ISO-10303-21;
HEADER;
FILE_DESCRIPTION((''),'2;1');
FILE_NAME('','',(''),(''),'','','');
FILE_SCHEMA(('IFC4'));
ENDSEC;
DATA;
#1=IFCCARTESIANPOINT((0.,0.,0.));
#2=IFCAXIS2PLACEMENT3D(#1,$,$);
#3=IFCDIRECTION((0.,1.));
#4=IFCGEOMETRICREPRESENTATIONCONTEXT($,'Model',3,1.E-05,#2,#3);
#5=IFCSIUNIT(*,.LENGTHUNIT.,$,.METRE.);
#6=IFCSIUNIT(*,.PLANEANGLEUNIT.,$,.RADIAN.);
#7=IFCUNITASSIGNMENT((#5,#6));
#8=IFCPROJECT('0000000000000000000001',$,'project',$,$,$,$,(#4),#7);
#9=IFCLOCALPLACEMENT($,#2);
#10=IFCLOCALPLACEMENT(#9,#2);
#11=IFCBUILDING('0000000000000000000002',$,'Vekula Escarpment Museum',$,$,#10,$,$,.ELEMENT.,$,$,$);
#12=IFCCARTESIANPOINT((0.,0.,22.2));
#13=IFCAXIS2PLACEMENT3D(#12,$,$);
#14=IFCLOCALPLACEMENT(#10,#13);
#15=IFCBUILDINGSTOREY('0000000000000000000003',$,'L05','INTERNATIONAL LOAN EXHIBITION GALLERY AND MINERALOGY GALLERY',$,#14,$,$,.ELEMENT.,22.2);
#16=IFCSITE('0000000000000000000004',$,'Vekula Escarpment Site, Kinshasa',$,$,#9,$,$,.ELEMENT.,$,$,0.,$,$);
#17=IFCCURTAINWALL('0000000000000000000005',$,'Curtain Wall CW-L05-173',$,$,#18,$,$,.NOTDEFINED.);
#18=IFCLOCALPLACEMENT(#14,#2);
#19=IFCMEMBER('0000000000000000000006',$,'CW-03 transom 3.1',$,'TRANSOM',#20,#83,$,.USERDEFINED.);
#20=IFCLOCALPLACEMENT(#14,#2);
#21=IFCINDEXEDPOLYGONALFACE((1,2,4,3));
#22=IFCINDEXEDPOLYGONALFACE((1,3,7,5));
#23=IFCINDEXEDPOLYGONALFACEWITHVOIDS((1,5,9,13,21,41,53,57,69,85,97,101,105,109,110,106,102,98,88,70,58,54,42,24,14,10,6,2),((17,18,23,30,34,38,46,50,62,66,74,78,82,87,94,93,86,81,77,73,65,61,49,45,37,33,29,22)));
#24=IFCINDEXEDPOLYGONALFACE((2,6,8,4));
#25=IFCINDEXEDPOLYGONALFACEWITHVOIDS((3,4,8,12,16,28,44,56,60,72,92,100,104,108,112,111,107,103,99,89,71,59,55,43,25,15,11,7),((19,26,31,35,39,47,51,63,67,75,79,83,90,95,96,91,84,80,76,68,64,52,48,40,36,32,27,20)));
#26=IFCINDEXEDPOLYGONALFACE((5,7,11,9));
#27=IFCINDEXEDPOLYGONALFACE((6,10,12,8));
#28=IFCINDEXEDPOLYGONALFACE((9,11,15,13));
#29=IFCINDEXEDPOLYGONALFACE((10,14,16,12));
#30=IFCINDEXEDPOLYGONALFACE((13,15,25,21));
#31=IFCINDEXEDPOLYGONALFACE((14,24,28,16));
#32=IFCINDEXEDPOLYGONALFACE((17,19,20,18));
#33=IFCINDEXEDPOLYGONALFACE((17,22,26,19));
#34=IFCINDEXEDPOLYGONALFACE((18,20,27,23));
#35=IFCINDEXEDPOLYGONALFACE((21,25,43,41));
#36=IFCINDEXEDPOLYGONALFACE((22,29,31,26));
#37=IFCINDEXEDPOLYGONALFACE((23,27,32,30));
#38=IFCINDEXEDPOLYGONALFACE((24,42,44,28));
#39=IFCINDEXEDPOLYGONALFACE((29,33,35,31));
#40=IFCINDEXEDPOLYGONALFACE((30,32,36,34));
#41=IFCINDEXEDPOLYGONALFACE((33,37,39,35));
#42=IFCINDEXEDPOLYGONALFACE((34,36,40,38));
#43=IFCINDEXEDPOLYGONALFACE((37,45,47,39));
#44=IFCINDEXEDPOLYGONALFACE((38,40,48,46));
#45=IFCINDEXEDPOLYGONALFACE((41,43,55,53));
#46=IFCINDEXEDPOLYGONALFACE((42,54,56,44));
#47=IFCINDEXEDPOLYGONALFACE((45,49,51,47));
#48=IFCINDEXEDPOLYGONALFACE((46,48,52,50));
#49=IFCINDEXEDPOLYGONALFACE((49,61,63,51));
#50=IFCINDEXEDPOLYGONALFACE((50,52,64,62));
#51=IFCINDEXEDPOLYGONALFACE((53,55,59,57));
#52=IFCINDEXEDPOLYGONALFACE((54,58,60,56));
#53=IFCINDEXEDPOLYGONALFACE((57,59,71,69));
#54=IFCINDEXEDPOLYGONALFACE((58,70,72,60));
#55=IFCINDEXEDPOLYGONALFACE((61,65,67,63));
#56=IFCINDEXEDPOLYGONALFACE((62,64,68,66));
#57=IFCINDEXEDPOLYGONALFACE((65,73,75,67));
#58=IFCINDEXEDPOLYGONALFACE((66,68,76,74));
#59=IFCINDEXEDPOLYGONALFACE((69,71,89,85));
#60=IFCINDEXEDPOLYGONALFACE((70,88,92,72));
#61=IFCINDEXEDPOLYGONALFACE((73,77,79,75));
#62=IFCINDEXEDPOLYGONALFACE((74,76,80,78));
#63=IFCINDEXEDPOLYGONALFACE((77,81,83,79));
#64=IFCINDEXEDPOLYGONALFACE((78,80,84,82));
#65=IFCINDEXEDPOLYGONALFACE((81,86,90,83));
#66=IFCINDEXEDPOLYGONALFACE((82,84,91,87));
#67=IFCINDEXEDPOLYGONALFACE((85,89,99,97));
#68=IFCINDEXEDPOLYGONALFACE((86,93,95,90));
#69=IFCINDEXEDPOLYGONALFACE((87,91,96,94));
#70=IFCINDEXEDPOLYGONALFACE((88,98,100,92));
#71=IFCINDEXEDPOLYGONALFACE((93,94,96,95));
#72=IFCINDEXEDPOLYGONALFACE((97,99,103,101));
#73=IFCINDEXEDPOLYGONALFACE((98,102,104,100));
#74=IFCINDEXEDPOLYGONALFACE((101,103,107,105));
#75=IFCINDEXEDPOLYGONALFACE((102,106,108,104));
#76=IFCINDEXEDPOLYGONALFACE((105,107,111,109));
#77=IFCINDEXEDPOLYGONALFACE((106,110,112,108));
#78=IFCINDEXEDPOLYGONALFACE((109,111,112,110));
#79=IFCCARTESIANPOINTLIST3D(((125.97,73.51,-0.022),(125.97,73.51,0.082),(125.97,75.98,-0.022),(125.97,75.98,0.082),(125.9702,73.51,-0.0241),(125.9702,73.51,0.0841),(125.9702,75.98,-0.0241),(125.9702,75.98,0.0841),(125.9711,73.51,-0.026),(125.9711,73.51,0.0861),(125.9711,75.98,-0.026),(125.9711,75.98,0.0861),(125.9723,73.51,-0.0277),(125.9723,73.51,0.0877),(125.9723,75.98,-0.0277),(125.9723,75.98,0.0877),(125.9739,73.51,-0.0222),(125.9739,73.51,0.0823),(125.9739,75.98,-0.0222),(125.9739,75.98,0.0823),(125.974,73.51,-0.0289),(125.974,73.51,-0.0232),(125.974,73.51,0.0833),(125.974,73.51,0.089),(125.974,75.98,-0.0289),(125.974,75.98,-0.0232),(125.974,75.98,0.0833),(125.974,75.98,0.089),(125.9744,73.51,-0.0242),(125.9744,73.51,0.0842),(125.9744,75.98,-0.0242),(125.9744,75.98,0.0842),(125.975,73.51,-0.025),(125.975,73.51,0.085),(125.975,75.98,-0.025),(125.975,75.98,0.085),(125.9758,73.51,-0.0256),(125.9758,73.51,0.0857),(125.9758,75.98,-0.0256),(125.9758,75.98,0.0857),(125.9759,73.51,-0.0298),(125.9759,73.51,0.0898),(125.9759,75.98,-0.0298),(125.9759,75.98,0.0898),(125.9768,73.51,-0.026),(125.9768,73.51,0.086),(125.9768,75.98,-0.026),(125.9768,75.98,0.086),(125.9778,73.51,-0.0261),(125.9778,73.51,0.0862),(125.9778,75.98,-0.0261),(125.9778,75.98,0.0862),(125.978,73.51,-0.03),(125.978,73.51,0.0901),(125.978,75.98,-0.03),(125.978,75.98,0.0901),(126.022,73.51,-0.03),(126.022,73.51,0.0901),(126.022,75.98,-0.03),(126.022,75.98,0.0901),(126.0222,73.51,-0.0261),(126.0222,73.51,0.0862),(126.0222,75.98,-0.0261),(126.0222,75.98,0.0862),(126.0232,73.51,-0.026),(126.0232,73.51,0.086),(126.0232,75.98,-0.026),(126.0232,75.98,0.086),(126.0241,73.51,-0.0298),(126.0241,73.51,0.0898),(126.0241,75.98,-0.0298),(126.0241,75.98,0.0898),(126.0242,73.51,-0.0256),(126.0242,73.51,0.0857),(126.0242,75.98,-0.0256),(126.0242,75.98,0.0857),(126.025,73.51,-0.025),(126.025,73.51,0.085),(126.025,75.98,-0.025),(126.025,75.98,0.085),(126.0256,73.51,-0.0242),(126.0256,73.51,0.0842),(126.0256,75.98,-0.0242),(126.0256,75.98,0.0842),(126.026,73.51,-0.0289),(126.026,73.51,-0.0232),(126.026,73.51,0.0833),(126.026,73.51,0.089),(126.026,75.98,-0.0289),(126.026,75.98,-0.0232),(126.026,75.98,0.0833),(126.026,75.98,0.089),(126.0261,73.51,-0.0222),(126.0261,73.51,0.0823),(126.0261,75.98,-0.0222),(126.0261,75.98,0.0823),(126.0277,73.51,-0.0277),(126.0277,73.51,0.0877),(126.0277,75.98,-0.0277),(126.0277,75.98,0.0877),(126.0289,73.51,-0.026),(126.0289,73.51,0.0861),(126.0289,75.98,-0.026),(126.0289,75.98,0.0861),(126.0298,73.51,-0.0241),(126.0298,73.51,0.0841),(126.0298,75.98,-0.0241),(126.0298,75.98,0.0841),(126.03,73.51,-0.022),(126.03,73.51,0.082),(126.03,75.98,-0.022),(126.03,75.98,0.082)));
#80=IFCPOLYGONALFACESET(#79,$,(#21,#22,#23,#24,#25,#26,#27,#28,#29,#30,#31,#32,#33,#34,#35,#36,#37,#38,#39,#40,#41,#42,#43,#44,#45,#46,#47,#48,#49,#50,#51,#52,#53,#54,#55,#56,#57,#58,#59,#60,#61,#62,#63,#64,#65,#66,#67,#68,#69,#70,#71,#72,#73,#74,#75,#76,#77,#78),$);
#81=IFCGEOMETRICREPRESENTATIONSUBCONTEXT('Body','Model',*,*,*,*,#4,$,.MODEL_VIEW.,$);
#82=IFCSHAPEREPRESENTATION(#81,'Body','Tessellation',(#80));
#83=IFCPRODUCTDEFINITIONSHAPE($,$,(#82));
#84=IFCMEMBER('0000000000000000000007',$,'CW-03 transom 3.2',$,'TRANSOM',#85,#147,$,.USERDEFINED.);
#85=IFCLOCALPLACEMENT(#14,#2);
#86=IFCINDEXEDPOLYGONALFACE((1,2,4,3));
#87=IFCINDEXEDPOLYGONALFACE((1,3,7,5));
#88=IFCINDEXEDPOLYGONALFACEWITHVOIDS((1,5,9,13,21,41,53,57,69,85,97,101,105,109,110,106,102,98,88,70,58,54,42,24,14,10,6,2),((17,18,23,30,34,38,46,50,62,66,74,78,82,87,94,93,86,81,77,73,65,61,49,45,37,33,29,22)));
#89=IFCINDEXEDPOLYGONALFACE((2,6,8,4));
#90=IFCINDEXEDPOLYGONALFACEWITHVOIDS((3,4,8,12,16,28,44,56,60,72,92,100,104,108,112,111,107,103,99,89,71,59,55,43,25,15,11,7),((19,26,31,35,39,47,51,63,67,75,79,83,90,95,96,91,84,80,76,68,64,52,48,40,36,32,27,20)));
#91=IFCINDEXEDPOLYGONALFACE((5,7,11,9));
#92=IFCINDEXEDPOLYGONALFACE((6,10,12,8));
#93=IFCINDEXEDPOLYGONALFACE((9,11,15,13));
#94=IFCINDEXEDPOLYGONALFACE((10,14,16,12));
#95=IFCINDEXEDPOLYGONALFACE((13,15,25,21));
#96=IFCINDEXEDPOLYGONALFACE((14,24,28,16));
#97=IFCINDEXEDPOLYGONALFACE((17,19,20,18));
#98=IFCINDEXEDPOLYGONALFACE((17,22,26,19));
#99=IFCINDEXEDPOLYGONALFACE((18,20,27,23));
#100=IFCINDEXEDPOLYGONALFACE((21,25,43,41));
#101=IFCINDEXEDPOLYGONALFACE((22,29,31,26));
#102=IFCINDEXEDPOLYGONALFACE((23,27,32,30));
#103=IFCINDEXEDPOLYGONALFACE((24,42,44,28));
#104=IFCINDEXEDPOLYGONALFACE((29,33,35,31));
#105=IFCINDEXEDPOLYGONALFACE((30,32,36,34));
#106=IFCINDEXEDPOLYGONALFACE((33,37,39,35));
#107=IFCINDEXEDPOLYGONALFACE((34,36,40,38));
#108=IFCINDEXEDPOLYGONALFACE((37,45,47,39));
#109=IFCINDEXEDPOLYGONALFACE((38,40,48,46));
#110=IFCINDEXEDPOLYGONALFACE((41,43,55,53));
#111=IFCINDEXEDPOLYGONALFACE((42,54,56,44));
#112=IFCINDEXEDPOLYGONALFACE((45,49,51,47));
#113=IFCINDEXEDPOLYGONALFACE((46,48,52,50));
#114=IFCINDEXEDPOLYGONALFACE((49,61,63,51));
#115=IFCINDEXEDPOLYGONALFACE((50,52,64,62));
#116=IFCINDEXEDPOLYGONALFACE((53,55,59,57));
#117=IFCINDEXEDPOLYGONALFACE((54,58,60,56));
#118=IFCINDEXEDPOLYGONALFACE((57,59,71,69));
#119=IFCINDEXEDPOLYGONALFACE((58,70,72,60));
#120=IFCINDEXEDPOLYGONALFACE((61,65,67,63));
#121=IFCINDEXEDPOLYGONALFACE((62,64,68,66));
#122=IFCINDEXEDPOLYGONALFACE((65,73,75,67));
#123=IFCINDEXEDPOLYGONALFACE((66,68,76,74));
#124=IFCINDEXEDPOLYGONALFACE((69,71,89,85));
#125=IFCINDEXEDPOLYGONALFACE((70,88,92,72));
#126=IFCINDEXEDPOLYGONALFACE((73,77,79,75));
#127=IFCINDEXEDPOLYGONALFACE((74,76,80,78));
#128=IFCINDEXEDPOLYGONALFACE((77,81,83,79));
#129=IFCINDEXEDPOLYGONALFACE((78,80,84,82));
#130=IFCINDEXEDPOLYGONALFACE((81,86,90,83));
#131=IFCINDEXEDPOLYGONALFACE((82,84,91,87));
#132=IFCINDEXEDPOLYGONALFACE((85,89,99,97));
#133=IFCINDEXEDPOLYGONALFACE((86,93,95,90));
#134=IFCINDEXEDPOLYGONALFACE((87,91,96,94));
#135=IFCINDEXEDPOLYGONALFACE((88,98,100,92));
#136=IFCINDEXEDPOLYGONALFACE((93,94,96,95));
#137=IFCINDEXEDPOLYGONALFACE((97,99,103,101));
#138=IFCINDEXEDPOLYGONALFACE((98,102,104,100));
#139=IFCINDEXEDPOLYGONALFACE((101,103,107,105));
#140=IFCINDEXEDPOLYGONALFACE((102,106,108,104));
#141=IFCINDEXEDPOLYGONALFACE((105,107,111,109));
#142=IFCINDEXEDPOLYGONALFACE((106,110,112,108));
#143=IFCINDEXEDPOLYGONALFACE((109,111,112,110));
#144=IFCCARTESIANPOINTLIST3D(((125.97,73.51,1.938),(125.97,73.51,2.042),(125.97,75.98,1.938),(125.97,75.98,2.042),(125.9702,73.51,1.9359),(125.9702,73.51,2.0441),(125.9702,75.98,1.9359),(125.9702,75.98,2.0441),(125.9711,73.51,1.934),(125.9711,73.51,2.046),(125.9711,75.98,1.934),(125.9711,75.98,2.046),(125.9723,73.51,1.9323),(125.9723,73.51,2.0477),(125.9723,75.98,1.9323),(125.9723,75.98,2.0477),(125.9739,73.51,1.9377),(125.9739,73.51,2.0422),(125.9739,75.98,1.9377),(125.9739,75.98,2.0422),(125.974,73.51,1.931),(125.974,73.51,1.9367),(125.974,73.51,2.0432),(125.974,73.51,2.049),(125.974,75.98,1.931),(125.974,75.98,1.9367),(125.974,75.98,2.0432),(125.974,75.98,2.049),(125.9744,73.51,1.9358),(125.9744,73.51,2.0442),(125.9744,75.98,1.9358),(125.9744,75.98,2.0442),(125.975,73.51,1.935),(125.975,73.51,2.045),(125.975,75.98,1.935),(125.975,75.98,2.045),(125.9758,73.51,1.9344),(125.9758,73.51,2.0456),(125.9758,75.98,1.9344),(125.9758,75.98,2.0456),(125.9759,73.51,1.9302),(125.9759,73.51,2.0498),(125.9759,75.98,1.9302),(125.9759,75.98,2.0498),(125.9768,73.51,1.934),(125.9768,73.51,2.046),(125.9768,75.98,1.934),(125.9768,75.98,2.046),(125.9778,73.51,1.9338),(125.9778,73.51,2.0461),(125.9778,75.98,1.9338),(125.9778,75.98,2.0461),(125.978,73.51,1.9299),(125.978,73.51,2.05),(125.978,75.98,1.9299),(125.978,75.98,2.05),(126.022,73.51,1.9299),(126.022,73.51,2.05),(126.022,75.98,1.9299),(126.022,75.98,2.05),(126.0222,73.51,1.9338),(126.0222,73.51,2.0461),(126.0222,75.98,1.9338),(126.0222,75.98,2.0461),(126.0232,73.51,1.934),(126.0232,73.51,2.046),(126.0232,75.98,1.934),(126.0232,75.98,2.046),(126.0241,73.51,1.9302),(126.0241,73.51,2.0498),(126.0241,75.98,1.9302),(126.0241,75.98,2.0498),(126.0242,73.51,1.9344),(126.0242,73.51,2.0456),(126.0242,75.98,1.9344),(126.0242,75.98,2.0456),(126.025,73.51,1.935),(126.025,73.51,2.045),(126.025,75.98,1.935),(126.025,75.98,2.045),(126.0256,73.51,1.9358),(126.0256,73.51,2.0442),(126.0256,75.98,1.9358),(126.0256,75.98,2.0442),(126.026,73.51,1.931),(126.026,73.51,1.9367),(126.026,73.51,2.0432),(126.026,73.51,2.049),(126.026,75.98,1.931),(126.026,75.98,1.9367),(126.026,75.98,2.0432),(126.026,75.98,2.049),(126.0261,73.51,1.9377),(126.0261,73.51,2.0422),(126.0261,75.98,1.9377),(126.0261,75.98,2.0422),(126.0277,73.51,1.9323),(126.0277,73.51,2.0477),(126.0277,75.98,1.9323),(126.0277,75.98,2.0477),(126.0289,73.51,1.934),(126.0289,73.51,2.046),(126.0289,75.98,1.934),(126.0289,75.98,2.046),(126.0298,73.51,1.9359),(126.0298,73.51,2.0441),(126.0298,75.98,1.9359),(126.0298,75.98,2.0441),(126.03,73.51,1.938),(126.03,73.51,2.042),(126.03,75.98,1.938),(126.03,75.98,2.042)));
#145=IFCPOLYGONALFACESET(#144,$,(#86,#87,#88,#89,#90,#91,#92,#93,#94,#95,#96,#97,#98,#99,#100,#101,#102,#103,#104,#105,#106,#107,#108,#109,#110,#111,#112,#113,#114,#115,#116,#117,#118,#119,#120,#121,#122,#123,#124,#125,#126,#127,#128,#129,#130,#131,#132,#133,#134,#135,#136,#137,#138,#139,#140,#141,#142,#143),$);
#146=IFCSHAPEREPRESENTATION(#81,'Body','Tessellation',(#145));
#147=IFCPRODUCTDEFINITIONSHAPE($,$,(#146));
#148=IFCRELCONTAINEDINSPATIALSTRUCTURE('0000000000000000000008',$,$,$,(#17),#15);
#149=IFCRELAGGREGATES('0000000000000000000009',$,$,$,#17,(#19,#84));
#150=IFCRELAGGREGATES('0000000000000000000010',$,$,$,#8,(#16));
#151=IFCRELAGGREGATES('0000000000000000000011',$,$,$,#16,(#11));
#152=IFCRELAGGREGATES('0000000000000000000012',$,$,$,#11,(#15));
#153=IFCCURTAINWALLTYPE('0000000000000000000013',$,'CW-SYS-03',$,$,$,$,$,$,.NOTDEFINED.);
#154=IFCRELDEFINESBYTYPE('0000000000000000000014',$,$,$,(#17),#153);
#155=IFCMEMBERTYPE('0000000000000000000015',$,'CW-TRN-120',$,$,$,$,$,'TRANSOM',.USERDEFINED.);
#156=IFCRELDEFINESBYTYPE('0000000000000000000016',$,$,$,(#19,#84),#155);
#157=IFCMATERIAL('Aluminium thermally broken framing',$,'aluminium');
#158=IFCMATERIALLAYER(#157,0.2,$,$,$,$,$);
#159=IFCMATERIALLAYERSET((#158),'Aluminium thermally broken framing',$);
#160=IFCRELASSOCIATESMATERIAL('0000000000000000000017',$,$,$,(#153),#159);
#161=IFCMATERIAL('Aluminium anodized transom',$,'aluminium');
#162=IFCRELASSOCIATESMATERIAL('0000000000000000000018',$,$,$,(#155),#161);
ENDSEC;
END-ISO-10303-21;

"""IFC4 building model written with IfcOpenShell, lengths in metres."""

from ifc_helpers import new_model, si_unit, direction, frame, origin, origin_2d, place, context, subcontext, project, spatial, hollow_rectangle, extrude, material, layer, layer_set, material_profile, profile_set, type_object, element, aggregate, save


model = new_model("IFC4")

# Units and contexts
model_context = context("Model", 3, precision=1e-05, world=origin(), true_north=direction((0.0, 1.0)))
body_context = subcontext(model_context, "Body", "Model", "MODEL_VIEW")
ifc_project = project(units=[si_unit("LENGTHUNIT", "METRE"), si_unit("PLANEANGLEUNIT", "RADIAN")], contexts=[model_context])

# Site, building, storey
site_placement = place(None, origin())
site = spatial("IfcSite", under=ifc_project, at=site_placement, Name="Vekula Escarpment Site, Kinshasa", CompositionType="ELEMENT", RefElevation=0.0)
building_placement = place(site_placement, origin())
building = spatial("IfcBuilding", under=site, at=building_placement, Name="Vekula Escarpment Museum", CompositionType="ELEMENT")
storey_placement = place(building_placement, frame((0.0, 0.0, 22.2)))
storey = spatial("IfcBuildingStorey", under=building, at=storey_placement, Name="L05", Description="INTERNATIONAL LOAN EXHIBITION GALLERY AND MINERALOGY GALLERY", CompositionType="ELEMENT", Elevation=22.2)

# Curtain wall, members
ifc_material_1 = material(Name="Aluminium thermally broken framing", Category="aluminium")
ifc_layer_1 = layer(ifc_material_1, 0.2)
ifc_layer_set_1 = layer_set([ifc_layer_1], Name="Aluminium thermally broken framing")
curtain_wall_type = type_object("IfcCurtainWallType", Name="CW-SYS-03", PredefinedType="NOTDEFINED", material=ifc_layer_set_1)
curtain_wall_placement = place(storey_placement, origin())
curtain_wall = element("IfcCurtainWall", 1, at=curtain_wall_placement, inside=storey, type_object=curtain_wall_type, Name="Curtain Wall CW-L05-173", PredefinedType="NOTDEFINED")
ifc_material_2 = material(Name="Aluminium anodized transom", Category="aluminium")
ifc_material_profile_1 = material_profile(ifc_material_2, hollow_rectangle(XDim=0.0601, YDim=0.1201, WallThickness=0.0039, InnerFilletRadius=0.0039, OuterFilletRadius=0.0081, at=origin_2d()), Name="ALU 120x60x4")
ifc_profile_set_1 = profile_set([ifc_material_profile_1], Name="Aluminium anodized transom")
member_type_1 = type_object("IfcMemberType", Name="CW-TRN-120", ElementType="TRANSOM", PredefinedType="USERDEFINED", material=ifc_profile_set_1)
member_1_placement = place(storey_placement, frame((126.0, 73.51, 0.03), z_axis=(0.0, 1.0, 0.0), x_axis=(-1.0, 0.0, 0.0)))
member_1 = element("IfcMember", 2, at=member_1_placement, type_object=member_type_1, Name="CW-03 transom 3.1", ObjectType="TRANSOM", PredefinedType="USERDEFINED", context=body_context, shape_type="SweptSolid", body=[
    extrude(hollow_rectangle(XDim=0.0601, YDim=0.1201, WallThickness=0.0039, InnerFilletRadius=0.0039, OuterFilletRadius=0.0081, at=origin_2d()), origin(), (0.0, 0.0, 1.0), 2.47),
])
member_2_placement = place(storey_placement, frame((126.0, 73.51, 1.99), z_axis=(0.0, 1.0, 0.0), x_axis=(-1.0, 0.0, 0.0)))
member_2 = element("IfcMember", 3, at=member_2_placement, type_object=member_type_1, Name="CW-03 transom 3.2", ObjectType="TRANSOM", PredefinedType="USERDEFINED", context=body_context, shape_type="SweptSolid", body=[
    extrude(hollow_rectangle(XDim=0.0601, YDim=0.1201, WallThickness=0.0039, InnerFilletRadius=0.0039, OuterFilletRadius=0.0081, at=origin_2d()), origin(), (0.0, 0.0, 1.0), 2.47),
])
aggregate(curtain_wall, [member_1, member_2])

save(model, "model.ifc")
